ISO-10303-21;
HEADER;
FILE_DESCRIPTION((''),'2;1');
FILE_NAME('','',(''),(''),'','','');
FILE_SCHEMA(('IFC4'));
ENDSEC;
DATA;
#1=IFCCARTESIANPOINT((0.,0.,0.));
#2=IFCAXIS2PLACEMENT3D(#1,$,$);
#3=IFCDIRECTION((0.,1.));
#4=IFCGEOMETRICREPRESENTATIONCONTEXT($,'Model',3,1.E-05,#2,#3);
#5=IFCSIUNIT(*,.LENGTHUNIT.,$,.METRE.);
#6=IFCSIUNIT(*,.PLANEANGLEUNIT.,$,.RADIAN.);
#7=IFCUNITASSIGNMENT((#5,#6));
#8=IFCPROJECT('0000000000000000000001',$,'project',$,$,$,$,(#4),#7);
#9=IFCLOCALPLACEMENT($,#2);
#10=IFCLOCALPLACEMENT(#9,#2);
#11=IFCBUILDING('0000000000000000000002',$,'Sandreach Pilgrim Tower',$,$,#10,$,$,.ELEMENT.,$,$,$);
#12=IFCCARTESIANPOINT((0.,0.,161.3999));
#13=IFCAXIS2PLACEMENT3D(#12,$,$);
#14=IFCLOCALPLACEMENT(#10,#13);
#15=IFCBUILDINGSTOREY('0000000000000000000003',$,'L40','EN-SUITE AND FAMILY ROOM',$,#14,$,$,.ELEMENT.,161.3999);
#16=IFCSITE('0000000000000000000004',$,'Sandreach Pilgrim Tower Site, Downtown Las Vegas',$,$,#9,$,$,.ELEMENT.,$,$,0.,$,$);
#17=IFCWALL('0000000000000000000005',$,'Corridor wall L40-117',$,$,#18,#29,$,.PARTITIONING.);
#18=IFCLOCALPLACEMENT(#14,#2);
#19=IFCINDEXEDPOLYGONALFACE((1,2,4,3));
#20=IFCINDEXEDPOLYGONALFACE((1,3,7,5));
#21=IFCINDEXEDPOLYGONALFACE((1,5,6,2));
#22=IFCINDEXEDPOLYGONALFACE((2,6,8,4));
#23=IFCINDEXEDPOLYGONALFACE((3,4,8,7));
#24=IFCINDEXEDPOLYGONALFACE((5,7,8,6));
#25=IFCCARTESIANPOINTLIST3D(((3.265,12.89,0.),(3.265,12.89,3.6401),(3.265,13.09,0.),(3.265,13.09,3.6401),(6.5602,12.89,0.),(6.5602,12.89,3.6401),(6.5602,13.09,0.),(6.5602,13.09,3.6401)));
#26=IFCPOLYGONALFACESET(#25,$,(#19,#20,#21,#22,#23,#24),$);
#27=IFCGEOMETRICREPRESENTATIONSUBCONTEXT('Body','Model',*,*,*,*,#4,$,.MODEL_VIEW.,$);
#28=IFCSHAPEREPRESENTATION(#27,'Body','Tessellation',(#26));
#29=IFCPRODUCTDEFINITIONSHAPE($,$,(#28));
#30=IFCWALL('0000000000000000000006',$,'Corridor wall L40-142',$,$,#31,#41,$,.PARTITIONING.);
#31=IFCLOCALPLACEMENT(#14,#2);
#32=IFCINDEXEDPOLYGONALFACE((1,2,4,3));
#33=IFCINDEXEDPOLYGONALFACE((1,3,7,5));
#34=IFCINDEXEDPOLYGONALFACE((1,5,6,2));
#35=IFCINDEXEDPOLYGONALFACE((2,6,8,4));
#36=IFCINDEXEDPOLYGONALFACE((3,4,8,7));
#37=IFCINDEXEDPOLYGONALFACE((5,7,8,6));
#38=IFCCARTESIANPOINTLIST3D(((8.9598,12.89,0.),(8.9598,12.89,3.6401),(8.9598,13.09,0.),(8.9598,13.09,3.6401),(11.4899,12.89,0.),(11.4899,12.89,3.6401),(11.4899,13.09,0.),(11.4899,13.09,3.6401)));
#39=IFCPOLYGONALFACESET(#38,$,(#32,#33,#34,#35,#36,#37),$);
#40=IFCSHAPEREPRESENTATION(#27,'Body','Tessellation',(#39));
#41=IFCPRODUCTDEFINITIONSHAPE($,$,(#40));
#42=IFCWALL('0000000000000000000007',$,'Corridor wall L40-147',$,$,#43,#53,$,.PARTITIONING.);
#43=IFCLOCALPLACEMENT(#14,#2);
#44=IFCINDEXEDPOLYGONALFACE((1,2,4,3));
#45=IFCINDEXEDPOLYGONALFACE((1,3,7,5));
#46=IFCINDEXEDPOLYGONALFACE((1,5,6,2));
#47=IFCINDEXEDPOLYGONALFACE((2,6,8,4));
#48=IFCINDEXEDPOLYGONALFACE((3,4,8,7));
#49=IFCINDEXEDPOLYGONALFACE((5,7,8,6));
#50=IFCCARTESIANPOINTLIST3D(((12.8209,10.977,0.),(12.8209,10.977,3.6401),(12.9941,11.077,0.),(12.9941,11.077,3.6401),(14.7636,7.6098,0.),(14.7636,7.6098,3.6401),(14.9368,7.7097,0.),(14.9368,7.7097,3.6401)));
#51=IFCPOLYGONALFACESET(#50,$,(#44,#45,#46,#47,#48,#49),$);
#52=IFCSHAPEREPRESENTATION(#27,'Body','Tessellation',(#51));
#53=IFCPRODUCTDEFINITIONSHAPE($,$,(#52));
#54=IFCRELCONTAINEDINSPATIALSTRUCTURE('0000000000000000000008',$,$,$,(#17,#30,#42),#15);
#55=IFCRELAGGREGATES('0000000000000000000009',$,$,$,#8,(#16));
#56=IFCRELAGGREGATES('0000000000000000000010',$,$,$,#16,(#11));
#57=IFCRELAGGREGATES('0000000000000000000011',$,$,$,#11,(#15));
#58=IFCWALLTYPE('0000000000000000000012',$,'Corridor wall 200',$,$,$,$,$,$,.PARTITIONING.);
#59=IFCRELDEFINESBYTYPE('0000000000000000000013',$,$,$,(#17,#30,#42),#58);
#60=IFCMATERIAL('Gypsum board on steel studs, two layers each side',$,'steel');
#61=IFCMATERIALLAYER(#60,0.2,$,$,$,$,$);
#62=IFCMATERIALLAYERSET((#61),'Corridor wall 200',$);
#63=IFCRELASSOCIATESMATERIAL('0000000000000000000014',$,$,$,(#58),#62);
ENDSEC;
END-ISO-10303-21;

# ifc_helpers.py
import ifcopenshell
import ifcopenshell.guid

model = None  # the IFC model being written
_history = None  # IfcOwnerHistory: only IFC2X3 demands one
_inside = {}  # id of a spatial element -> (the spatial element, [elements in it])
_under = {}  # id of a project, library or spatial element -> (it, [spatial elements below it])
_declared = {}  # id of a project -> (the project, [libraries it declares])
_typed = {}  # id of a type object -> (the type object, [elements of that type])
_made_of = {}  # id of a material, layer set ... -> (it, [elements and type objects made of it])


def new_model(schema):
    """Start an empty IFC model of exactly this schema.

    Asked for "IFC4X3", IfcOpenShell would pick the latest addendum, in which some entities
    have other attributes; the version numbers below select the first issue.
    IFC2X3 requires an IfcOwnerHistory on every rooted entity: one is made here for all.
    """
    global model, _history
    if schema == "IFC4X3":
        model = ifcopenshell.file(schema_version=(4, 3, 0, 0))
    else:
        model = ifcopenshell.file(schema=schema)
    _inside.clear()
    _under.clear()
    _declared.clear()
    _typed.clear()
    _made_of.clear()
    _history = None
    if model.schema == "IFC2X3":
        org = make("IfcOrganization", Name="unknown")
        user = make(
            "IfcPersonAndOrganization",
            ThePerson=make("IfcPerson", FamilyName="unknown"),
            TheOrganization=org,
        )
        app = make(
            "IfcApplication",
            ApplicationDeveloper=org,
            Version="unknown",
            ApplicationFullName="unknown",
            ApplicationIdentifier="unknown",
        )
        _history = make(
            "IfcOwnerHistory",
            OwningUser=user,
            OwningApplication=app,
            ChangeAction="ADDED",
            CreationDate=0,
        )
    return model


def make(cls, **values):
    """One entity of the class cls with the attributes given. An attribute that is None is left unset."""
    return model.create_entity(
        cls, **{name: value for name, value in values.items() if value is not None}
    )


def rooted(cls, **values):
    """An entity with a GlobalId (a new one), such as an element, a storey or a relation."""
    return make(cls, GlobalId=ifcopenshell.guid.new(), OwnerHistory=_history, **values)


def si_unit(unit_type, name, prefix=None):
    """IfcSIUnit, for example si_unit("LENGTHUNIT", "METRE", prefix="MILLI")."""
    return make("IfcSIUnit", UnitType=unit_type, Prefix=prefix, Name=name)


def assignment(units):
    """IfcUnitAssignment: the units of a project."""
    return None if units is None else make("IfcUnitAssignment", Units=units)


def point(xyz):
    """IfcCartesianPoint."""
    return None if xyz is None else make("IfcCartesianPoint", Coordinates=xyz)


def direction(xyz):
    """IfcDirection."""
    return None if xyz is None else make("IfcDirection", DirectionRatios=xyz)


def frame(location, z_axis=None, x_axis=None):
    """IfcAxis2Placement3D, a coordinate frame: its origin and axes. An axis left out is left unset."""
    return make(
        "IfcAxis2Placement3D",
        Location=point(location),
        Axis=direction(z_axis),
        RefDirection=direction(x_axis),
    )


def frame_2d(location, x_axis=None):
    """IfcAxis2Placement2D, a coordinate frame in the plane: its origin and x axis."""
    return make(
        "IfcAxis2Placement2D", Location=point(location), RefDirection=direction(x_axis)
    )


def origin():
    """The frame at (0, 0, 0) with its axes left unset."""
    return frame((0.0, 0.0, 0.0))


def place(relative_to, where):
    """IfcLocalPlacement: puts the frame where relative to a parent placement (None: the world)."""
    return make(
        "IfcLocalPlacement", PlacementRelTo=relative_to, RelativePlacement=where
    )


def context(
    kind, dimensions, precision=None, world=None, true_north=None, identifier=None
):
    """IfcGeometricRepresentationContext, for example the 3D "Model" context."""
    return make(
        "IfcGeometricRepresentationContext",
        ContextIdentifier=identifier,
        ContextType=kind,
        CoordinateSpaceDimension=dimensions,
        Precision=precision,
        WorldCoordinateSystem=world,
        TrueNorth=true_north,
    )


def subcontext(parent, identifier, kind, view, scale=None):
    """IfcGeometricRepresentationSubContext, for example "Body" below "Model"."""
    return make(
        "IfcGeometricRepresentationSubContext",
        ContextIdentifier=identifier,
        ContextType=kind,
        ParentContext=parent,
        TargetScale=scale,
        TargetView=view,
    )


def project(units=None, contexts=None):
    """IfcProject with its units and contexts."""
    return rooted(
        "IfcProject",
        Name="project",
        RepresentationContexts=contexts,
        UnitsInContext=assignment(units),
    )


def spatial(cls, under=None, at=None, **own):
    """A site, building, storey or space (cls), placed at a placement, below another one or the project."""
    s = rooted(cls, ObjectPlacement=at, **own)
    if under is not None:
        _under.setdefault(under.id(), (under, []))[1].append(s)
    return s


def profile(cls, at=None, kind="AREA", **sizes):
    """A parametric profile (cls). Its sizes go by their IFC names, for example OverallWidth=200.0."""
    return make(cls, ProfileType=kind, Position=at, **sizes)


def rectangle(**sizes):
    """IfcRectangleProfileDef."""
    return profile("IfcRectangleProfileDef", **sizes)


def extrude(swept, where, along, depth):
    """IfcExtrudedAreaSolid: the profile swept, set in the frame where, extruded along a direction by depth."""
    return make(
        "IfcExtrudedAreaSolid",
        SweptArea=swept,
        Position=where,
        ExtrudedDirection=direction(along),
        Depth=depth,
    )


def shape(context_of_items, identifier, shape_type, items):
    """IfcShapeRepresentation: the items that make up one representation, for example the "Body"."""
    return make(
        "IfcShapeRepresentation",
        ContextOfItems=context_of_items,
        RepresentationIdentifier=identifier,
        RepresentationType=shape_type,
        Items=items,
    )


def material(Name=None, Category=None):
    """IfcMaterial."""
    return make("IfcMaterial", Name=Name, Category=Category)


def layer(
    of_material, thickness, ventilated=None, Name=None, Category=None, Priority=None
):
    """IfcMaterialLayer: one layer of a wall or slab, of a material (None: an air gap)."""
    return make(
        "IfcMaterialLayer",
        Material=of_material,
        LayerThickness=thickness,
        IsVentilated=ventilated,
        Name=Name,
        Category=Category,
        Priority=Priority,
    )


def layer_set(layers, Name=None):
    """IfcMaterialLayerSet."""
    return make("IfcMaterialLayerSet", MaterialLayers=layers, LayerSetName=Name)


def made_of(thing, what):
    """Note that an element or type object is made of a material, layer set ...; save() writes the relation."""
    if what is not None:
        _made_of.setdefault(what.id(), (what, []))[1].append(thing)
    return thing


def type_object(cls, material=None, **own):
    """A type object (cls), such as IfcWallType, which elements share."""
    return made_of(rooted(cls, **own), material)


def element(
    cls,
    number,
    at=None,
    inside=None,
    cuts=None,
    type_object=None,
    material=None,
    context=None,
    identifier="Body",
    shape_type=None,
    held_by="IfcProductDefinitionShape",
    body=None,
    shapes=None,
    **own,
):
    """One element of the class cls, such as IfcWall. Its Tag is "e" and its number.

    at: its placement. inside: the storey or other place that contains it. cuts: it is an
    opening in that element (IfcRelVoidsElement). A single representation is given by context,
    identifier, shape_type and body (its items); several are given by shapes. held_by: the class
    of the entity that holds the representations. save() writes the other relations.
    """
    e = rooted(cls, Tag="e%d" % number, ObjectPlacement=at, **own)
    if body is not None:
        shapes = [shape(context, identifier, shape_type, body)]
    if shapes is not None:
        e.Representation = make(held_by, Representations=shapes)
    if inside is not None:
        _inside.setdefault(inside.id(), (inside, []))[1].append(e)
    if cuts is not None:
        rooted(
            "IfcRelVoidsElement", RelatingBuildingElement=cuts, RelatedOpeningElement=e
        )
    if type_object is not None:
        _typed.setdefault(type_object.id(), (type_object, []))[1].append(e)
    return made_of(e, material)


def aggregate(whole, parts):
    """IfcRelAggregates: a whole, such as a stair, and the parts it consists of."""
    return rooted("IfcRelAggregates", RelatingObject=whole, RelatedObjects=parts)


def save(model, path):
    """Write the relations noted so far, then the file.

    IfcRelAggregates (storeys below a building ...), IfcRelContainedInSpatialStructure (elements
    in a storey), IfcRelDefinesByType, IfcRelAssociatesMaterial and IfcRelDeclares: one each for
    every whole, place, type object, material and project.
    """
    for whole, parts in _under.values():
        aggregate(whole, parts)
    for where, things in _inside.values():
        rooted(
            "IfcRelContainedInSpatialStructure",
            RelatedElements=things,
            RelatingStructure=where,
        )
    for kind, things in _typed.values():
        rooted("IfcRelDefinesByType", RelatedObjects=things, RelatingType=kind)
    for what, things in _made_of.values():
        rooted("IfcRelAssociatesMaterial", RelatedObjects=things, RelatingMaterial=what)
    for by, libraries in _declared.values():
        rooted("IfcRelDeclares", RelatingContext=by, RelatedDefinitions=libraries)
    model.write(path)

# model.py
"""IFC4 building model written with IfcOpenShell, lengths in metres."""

from ifc_helpers import new_model, si_unit, direction, frame, frame_2d, origin, place, context, subcontext, project, spatial, rectangle, extrude, material, layer, layer_set, type_object, element, save


model = new_model("IFC4")

# Units and contexts
model_context = context("Model", 3, precision=1e-05, world=origin(), true_north=direction((0.0, 1.0)))
body_context = subcontext(model_context, "Body", "Model", "MODEL_VIEW")
ifc_project = project(units=[si_unit("LENGTHUNIT", "METRE"), si_unit("PLANEANGLEUNIT", "RADIAN")], contexts=[model_context])

# Site, building, storey
site_placement = place(None, origin())
site = spatial("IfcSite", under=ifc_project, at=site_placement, Name="Sandreach Pilgrim Tower Site, Downtown Las Vegas", CompositionType="ELEMENT", RefElevation=0.0)
building_placement = place(site_placement, origin())
building = spatial("IfcBuilding", under=site, at=building_placement, Name="Sandreach Pilgrim Tower", CompositionType="ELEMENT")
storey_placement = place(building_placement, frame((0.0, 0.0, 161.3999)))
storey = spatial("IfcBuildingStorey", under=building, at=storey_placement, Name="L40", Description="EN-SUITE AND FAMILY ROOM", CompositionType="ELEMENT", Elevation=161.3999)

# Shared definitions
ifc_material_1 = material(Name="Gypsum board on steel studs, two layers each side", Category="steel")
ifc_layer_1 = layer(ifc_material_1, 0.2)
ifc_layer_set_1 = layer_set([ifc_layer_1], Name="Corridor wall 200")
wall_type_1 = type_object("IfcWallType", Name="Corridor wall 200", PredefinedType="PARTITIONING", material=ifc_layer_set_1)

# Walls
wall_1_placement = place(storey_placement, frame((6.5601, 12.99, 0.0), z_axis=(0.0, 0.0, 1.0), x_axis=(-1.0, 0.0, 0.0)))
element("IfcWall", 1, at=wall_1_placement, inside=storey, type_object=wall_type_1, Name="Corridor wall L40-117", PredefinedType="PARTITIONING", context=body_context, shape_type="SweptSolid", body=[
    extrude(rectangle(XDim=3.2952, YDim=0.2, at=frame_2d((1.6475, 0.0))), origin(), (0.0, 0.0, 1.0), 3.6401),
])
wall_2_placement = place(storey_placement, frame((11.49, 12.99, 0.0), z_axis=(0.0, 0.0, 1.0), x_axis=(-1.0, 0.0, 0.0)))
element("IfcWall", 2, at=wall_2_placement, inside=storey, type_object=wall_type_1, Name="Corridor wall L40-142", PredefinedType="PARTITIONING", context=body_context, shape_type="SweptSolid", body=[
    extrude(rectangle(XDim=2.53, YDim=0.2, at=frame_2d((1.2651, 0.0))), origin(), (0.0, 0.0, 1.0), 3.6401),
])

# Wall
wall_3_placement = place(storey_placement, frame((12.9075, 11.0271, 0.0), z_axis=(0.0, 0.0, 1.0), x_axis=(0.499726, -0.866183, 0.0)))
element("IfcWall", 3, at=wall_3_placement, inside=storey, type_object=wall_type_1, Name="Corridor wall L40-147", PredefinedType="PARTITIONING", context=body_context, shape_type="SweptSolid", body=[
    extrude(rectangle(XDim=3.8875, YDim=0.2, at=frame_2d((1.9438, 0.0))), origin(), (0.0, 0.0, 1.0), 3.6401),
])

save(model, "model.ifc")
